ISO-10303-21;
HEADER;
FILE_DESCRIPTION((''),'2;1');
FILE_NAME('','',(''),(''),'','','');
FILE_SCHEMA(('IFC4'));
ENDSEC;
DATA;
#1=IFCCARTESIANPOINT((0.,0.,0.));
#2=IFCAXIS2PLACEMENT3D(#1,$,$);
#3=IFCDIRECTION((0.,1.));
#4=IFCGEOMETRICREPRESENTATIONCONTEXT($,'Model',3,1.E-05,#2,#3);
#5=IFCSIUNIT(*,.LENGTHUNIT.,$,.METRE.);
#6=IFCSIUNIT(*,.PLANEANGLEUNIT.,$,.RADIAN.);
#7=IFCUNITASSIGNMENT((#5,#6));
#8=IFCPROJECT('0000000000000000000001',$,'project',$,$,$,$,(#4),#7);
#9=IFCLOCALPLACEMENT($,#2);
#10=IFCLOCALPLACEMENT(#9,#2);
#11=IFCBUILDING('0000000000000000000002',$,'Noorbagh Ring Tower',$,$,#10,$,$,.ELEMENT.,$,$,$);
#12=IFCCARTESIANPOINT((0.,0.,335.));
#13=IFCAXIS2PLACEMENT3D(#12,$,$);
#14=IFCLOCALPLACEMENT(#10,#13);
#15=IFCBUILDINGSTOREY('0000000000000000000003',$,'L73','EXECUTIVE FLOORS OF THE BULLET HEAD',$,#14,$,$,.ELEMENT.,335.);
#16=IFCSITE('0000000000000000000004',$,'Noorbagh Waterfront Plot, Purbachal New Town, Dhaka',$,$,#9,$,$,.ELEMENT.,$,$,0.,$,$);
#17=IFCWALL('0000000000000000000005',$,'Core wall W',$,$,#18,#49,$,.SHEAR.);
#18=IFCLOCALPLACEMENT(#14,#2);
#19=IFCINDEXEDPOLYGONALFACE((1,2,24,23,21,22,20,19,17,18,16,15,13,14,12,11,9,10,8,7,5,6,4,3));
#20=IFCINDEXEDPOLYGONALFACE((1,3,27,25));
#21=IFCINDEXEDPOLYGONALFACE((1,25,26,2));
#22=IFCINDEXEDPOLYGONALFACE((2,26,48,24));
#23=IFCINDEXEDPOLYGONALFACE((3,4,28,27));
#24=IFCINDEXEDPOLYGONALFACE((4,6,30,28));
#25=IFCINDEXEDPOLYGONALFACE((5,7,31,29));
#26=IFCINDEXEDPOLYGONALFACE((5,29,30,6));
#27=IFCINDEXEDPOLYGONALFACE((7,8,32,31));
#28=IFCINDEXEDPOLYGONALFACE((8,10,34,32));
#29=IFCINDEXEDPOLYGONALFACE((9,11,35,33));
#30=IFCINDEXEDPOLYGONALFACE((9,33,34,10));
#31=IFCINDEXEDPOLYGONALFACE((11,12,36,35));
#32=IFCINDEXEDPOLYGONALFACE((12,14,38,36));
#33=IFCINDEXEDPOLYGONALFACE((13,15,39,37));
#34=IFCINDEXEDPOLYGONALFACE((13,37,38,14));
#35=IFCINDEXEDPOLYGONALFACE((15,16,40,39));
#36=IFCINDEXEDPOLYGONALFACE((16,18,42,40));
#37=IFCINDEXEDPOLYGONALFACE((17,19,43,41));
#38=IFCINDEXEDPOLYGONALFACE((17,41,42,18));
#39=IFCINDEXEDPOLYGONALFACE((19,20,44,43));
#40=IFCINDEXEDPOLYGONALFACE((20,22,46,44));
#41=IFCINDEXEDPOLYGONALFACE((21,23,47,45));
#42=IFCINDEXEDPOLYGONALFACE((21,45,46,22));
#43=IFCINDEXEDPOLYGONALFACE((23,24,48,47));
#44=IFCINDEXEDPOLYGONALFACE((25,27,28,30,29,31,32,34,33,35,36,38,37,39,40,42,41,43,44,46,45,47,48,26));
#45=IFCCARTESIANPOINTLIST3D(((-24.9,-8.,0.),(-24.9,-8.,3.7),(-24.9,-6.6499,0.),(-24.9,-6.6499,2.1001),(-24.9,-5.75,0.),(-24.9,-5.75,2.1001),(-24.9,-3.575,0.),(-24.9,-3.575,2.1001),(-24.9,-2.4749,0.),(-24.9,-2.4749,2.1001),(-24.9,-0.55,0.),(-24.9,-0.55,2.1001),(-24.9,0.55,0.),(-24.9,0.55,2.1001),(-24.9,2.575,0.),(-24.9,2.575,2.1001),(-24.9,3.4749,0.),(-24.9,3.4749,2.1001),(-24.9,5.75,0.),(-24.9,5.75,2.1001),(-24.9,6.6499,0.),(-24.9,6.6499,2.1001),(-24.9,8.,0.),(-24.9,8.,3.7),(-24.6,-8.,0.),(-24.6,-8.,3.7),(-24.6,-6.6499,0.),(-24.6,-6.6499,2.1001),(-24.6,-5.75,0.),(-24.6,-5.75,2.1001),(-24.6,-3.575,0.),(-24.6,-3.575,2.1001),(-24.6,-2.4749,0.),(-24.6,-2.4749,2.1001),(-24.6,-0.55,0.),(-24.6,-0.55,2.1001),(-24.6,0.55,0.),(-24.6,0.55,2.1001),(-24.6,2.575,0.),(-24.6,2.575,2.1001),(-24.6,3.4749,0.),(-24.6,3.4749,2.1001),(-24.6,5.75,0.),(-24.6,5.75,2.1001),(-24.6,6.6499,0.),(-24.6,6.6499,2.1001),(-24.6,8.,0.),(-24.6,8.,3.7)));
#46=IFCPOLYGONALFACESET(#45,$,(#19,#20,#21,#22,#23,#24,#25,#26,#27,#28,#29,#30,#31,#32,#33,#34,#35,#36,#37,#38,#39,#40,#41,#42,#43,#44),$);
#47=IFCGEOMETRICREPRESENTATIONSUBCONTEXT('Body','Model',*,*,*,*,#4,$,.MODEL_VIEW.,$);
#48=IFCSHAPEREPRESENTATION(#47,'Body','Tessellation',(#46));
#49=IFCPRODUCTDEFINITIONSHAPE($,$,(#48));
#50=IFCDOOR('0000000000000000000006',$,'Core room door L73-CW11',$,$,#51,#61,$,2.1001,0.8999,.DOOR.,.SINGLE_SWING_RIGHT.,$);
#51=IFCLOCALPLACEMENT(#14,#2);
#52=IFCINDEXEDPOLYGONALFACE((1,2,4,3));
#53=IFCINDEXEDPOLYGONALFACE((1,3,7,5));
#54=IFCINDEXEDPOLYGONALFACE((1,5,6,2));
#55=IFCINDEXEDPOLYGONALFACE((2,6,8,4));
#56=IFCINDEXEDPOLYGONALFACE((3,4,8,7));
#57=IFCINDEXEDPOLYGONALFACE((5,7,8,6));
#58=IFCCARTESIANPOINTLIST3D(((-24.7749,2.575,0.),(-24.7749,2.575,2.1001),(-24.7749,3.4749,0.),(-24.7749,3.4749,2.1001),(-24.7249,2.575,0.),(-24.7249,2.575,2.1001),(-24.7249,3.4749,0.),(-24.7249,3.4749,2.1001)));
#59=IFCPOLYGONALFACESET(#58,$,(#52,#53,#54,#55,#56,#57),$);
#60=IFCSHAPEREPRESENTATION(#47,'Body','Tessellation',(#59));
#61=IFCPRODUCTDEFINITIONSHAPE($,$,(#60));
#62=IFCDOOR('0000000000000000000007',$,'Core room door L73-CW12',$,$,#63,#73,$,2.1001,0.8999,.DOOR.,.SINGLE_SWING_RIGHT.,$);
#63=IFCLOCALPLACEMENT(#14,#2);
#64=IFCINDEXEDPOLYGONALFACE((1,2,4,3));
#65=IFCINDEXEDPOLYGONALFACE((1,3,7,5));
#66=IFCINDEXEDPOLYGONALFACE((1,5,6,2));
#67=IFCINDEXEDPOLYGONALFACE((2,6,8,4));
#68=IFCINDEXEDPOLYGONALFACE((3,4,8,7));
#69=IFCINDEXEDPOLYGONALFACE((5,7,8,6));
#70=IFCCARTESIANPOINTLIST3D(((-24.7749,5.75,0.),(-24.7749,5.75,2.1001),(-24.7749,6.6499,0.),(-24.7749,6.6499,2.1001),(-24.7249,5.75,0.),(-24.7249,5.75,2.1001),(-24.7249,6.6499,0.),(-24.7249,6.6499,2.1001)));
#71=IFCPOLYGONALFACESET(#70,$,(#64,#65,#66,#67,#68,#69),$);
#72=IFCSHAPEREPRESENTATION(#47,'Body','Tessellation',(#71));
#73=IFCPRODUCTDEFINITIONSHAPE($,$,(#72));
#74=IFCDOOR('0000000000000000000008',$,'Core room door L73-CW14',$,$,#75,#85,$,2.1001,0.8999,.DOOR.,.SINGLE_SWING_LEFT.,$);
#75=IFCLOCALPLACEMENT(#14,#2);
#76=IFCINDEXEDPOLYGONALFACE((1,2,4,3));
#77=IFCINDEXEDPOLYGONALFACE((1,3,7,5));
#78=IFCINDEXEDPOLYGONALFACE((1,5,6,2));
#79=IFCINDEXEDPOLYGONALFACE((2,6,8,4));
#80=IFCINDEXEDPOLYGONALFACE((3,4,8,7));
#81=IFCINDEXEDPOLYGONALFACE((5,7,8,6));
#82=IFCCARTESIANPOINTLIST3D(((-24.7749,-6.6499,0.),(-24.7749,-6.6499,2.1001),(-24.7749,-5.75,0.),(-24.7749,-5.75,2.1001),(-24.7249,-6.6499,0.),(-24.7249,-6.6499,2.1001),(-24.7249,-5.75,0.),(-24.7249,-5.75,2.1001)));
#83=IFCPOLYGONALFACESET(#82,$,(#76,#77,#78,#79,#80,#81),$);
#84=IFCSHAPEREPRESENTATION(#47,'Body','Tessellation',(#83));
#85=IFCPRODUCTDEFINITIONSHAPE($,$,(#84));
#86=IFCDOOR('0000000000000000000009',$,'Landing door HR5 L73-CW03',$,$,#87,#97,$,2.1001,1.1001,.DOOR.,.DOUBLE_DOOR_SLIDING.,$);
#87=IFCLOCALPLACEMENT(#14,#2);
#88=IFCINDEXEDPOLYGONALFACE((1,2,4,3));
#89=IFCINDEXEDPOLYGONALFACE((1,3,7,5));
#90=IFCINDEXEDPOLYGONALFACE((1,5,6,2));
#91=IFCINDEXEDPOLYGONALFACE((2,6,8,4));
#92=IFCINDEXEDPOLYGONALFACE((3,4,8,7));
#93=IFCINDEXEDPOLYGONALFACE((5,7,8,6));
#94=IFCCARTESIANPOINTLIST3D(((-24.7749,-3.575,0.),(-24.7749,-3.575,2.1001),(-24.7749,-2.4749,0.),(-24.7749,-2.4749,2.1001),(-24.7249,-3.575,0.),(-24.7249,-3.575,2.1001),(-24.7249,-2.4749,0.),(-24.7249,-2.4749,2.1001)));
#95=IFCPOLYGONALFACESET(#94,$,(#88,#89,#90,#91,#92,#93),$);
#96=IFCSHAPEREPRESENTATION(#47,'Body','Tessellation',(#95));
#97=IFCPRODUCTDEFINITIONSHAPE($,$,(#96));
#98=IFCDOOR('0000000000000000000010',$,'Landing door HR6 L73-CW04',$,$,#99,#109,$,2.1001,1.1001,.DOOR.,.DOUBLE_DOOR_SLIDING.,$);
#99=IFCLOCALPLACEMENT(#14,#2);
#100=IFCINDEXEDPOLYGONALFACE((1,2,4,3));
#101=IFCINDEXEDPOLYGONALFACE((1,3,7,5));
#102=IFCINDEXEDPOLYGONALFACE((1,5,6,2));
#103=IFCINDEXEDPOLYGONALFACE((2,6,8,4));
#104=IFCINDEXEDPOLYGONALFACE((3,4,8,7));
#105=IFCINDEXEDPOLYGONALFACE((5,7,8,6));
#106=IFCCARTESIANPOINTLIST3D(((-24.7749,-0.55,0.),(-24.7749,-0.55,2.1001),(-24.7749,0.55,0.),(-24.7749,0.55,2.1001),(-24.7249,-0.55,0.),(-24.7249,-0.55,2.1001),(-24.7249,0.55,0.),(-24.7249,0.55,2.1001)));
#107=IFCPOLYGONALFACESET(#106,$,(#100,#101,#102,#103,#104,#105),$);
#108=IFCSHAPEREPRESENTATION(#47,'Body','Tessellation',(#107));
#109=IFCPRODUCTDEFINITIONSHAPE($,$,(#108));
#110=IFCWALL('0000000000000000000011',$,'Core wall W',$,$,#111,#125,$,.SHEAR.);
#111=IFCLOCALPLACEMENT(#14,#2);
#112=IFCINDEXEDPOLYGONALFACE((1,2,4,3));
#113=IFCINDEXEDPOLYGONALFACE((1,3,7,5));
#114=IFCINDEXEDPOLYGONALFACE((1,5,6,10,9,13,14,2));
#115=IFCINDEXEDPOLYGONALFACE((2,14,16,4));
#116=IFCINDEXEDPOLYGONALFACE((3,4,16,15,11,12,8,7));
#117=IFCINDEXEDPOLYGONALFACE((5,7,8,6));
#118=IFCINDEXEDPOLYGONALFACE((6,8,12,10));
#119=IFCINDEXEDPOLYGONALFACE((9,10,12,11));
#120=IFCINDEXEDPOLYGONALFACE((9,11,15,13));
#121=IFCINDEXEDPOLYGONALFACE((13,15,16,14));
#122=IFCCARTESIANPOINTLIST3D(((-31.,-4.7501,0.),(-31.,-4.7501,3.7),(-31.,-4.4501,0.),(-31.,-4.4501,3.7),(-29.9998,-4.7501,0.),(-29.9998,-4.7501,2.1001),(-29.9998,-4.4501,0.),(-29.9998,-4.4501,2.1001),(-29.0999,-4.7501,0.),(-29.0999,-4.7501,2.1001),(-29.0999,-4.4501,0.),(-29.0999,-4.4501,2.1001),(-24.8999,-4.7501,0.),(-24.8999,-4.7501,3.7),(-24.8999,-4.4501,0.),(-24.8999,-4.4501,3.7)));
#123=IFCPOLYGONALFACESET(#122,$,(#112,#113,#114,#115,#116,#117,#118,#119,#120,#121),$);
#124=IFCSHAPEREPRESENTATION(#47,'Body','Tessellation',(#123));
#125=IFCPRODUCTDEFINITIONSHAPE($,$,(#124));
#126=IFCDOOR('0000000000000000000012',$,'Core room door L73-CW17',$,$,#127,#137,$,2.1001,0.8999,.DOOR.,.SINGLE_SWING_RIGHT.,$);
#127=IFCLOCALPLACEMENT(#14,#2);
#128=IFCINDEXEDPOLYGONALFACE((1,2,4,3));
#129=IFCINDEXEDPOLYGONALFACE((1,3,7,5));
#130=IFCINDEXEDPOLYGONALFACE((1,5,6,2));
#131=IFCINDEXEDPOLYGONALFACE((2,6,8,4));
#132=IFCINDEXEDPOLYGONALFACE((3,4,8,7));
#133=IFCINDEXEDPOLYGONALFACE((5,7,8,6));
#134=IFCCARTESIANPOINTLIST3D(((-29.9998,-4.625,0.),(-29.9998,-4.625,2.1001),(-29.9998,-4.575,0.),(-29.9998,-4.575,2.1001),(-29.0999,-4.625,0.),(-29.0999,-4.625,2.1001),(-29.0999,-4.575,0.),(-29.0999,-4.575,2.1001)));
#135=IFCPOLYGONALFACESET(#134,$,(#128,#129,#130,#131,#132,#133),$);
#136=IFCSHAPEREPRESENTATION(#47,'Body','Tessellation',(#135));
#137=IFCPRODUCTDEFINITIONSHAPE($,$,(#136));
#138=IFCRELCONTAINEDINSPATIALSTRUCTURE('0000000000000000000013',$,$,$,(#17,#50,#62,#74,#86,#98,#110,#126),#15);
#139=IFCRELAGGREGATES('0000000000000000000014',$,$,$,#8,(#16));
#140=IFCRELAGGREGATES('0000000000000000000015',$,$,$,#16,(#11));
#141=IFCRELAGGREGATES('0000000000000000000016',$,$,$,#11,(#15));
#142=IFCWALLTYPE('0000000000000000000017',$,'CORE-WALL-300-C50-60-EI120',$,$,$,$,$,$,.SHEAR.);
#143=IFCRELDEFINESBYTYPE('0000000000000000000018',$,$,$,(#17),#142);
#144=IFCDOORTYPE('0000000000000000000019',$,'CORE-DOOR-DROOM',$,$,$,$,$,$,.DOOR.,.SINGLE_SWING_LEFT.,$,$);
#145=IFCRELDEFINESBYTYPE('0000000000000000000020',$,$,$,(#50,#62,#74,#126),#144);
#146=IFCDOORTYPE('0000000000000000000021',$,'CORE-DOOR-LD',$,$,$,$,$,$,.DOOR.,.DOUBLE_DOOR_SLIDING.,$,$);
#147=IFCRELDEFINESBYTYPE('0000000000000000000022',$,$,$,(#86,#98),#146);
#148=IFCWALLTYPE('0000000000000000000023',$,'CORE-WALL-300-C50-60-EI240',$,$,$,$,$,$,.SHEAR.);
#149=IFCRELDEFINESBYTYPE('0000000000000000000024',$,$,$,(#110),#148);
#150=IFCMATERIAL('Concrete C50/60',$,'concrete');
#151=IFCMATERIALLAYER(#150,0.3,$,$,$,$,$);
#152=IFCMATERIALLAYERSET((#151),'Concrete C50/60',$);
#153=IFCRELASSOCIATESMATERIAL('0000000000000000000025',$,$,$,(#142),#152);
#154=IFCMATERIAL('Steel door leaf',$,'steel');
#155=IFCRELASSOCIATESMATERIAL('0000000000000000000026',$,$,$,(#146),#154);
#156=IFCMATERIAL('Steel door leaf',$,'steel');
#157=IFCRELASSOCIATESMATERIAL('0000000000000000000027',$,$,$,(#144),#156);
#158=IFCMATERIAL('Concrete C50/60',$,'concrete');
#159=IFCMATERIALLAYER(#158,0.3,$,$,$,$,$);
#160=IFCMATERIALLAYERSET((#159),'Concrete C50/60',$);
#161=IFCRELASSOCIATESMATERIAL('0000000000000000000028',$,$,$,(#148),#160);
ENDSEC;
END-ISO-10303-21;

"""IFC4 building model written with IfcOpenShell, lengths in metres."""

from ifc_helpers import new_model, si_unit, direction, frame, frame_2d, origin, place, context, subcontext, project, spatial, rectangle, extrude, material, layer, layer_set, type_object, element, fill, save


model = new_model("IFC4")

# Units and contexts
model_context = context("Model", 3, precision=1e-05, world=origin(), true_north=direction((0.0, 1.0)))
body_context = subcontext(model_context, "Body", "Model", "MODEL_VIEW")
ifc_project = project(units=[si_unit("LENGTHUNIT", "METRE"), si_unit("PLANEANGLEUNIT", "RADIAN")], contexts=[model_context])

# Site, building, storey
site_placement = place(None, origin())
site = spatial("IfcSite", under=ifc_project, at=site_placement, Name="Noorbagh Waterfront Plot, Purbachal New Town, Dhaka", CompositionType="ELEMENT", RefElevation=0.0)
building_placement = place(site_placement, origin())
building = spatial("IfcBuilding", under=site, at=building_placement, Name="Noorbagh Ring Tower", CompositionType="ELEMENT")
storey_placement = place(building_placement, frame((0.0, 0.0, 335.0)))
storey = spatial("IfcBuildingStorey", under=building, at=storey_placement, Name="L73", Description="EXECUTIVE FLOORS OF THE BULLET HEAD", CompositionType="ELEMENT", Elevation=335.0)

# Shared definitions
ifc_material_1 = material(Name="Concrete C50/60", Category="concrete")
ifc_layer_1 = layer(ifc_material_1, 0.3)
ifc_layer_set_1 = layer_set([ifc_layer_1], Name="Concrete C50/60")
wall_type_1 = type_object("IfcWallType", Name="CORE-WALL-300-C50-60-EI120", PredefinedType="SHEAR", material=ifc_layer_set_1)

# Wall, openings, doors
ifc_material_2 = material(Name="Steel door leaf", Category="steel")
door_type_1 = type_object("IfcDoorType", Name="CORE-DOOR-LD", OperationType="DOUBLE_DOOR_SLIDING", PredefinedType="DOOR", material=ifc_material_2)
wall_1_placement = place(storey_placement, frame((-24.75, -8.0, 0.0), z_axis=(0.0, 0.0, 1.0), x_axis=(0.0, 1.0, 0.0)))
wall_1 = element("IfcWall", 1, at=wall_1_placement, inside=storey, type_object=wall_type_1, Name="Core wall W", PredefinedType="SHEAR", context=body_context, shape_type="SweptSolid", body=[
    extrude(rectangle(XDim=16.0, YDim=0.3, at=frame_2d((8.0, 0.0))), origin(), (0.0, 0.0, 1.0), 3.7),
])
opening_1_placement = place(wall_1_placement, frame((4.425, 0.0, 0.0)))
opening_1 = element("IfcOpeningElement", 2, at=opening_1_placement, cuts=wall_1, PredefinedType="OPENING", context=body_context, shape_type="SweptSolid", body=[
    extrude(rectangle(XDim=1.1001, YDim=2.1001, at=frame_2d((0.55, 1.05))), frame((0.0, 0.1602, 0.0), z_axis=(0.0, -1.0, 0.0), x_axis=(1.0, 0.0, 0.0)), (0.0, 0.0, 1.0), 0.3201),
])
opening_2_placement = place(wall_1_placement, frame((7.45, 0.0, 0.0)))
opening_2 = element("IfcOpeningElement", 3, at=opening_2_placement, cuts=wall_1, PredefinedType="OPENING", context=body_context, shape_type="SweptSolid", body=[
    extrude(rectangle(XDim=1.1001, YDim=2.1001, at=frame_2d((0.55, 1.05))), frame((0.0, 0.1602, 0.0), z_axis=(0.0, -1.0, 0.0), x_axis=(1.0, 0.0, 0.0)), (0.0, 0.0, 1.0), 0.3201),
])
opening_3_placement = place(wall_1_placement, frame((10.575, 0.0, 0.0)))
opening_3 = element("IfcOpeningElement", 4, at=opening_3_placement, cuts=wall_1, PredefinedType="OPENING", context=body_context, shape_type="SweptSolid", body=[
    extrude(rectangle(XDim=0.8999, YDim=2.1001, at=frame_2d((0.45, 1.05))), frame((0.0, 0.1602, 0.0), z_axis=(0.0, -1.0, 0.0), x_axis=(1.0, 0.0, 0.0)), (0.0, 0.0, 1.0), 0.3201),
])
opening_4_placement = place(wall_1_placement, frame((13.75, 0.0, 0.0)))
opening_4 = element("IfcOpeningElement", 5, at=opening_4_placement, cuts=wall_1, PredefinedType="OPENING", context=body_context, shape_type="SweptSolid", body=[
    extrude(rectangle(XDim=0.8999, YDim=2.1001, at=frame_2d((0.45, 1.05))), frame((0.0, 0.1602, 0.0), z_axis=(0.0, -1.0, 0.0), x_axis=(1.0, 0.0, 0.0)), (0.0, 0.0, 1.0), 0.3201),
])
opening_5_placement = place(wall_1_placement, frame((1.3501, 0.0, 0.0)))
opening_5 = element("IfcOpeningElement", 6, at=opening_5_placement, cuts=wall_1, PredefinedType="OPENING", context=body_context, shape_type="SweptSolid", body=[
    extrude(rectangle(XDim=0.8999, YDim=2.1001, at=frame_2d((0.45, 1.05))), frame((0.0, 0.1602, 0.0), z_axis=(0.0, -1.0, 0.0), x_axis=(1.0, 0.0, 0.0)), (0.0, 0.0, 1.0), 0.3201),
])
ifc_material_3 = material(Name="Steel door leaf", Category="steel")
door_type_2 = type_object("IfcDoorType", Name="CORE-DOOR-DROOM", OperationType="SINGLE_SWING_LEFT", PredefinedType="DOOR", material=ifc_material_3)
door_1_placement = place(opening_3_placement, origin())
door_1 = element("IfcDoor", 7, at=door_1_placement, inside=storey, type_object=door_type_2, Name="Core room door L73-CW11", OperationType="SINGLE_SWING_RIGHT", OverallHeight=2.1001, OverallWidth=0.8999, PredefinedType="DOOR", context=body_context, shape_type="SweptSolid", body=[
    extrude(rectangle(XDim=0.8999, YDim=2.1001, at=frame_2d((0.45, 1.05))), frame((0.0, 0.0249, 0.0), z_axis=(0.0, -1.0, 0.0), x_axis=(1.0, 0.0, 0.0)), (0.0, 0.0, 1.0), 0.05),
])
fill(opening_3, door_1)
door_2_placement = place(opening_4_placement, origin())
door_2 = element("IfcDoor", 8, at=door_2_placement, inside=storey, type_object=door_type_2, Name="Core room door L73-CW12", OperationType="SINGLE_SWING_RIGHT", OverallHeight=2.1001, OverallWidth=0.8999, PredefinedType="DOOR", context=body_context, shape_type="SweptSolid", body=[
    extrude(rectangle(XDim=0.8999, YDim=2.1001, at=frame_2d((0.45, 1.05))), frame((0.0, 0.0249, 0.0), z_axis=(0.0, -1.0, 0.0), x_axis=(1.0, 0.0, 0.0)), (0.0, 0.0, 1.0), 0.05),
])
fill(opening_4, door_2)
door_3_placement = place(opening_5_placement, origin())
door_3 = element("IfcDoor", 9, at=door_3_placement, inside=storey, type_object=door_type_2, Name="Core room door L73-CW14", OperationType="SINGLE_SWING_LEFT", OverallHeight=2.1001, OverallWidth=0.8999, PredefinedType="DOOR", context=body_context, shape_type="SweptSolid", body=[
    extrude(rectangle(XDim=0.8999, YDim=2.1001, at=frame_2d((0.45, 1.05))), frame((0.0, 0.0249, 0.0), z_axis=(0.0, -1.0, 0.0), x_axis=(1.0, 0.0, 0.0)), (0.0, 0.0, 1.0), 0.05),
])
fill(opening_5, door_3)
door_4_placement = place(opening_1_placement, origin())
door_4 = element("IfcDoor", 10, at=door_4_placement, inside=storey, type_object=door_type_1, Name="Landing door HR5 L73-CW03", OperationType="DOUBLE_DOOR_SLIDING", OverallHeight=2.1001, OverallWidth=1.1001, PredefinedType="DOOR", context=body_context, shape_type="SweptSolid", body=[
    extrude(rectangle(XDim=1.1001, YDim=2.1001, at=frame_2d((0.55, 1.05))), frame((0.0, 0.0249, 0.0), z_axis=(0.0, -1.0, 0.0), x_axis=(1.0, 0.0, 0.0)), (0.0, 0.0, 1.0), 0.05),
])
fill(opening_1, door_4)
door_5_placement = place(opening_2_placement, origin())
door_5 = element("IfcDoor", 11, at=door_5_placement, inside=storey, type_object=door_type_1, Name="Landing door HR6 L73-CW04", OperationType="DOUBLE_DOOR_SLIDING", OverallHeight=2.1001, OverallWidth=1.1001, PredefinedType="DOOR", context=body_context, shape_type="SweptSolid", body=[
    extrude(rectangle(XDim=1.1001, YDim=2.1001, at=frame_2d((0.55, 1.05))), frame((0.0, 0.0249, 0.0), z_axis=(0.0, -1.0, 0.0), x_axis=(1.0, 0.0, 0.0)), (0.0, 0.0, 1.0), 0.05),
])
fill(opening_2, door_5)

# Wall, opening, door
ifc_material_4 = material(Name="Concrete C50/60", Category="concrete")
ifc_layer_2 = layer(ifc_material_4, 0.3)
ifc_layer_set_2 = layer_set([ifc_layer_2], Name="Concrete C50/60")
wall_type_2 = type_object("IfcWallType", Name="CORE-WALL-300-C50-60-EI240", PredefinedType="SHEAR", material=ifc_layer_set_2)
wall_2_placement = place(storey_placement, frame((-24.8999, -4.6001, 0.0), z_axis=(0.0, 0.0, 1.0), x_axis=(-1.0, 0.0, 0.0)))
wall_2 = element("IfcWall", 12, at=wall_2_placement, inside=storey, type_object=wall_type_2, Name="Core wall W", PredefinedType="SHEAR", context=body_context, shape_type="SweptSolid", body=[
    extrude(rectangle(XDim=6.1001, YDim=0.3, at=frame_2d((3.05, 0.0))), origin(), (0.0, 0.0, 1.0), 3.7),
])
opening_6_placement = place(wall_2_placement, frame((4.2, 0.0, 0.0)))
opening_6 = element("IfcOpeningElement", 13, at=opening_6_placement, cuts=wall_2, PredefinedType="OPENING", context=body_context, shape_type="SweptSolid", body=[
    extrude(rectangle(XDim=0.8999, YDim=2.1001, at=frame_2d((0.45, 1.05))), frame((0.0, 0.1602, 0.0), z_axis=(0.0, -1.0, 0.0), x_axis=(1.0, 0.0, 0.0)), (0.0, 0.0, 1.0), 0.3201),
])
door_6_placement = place(opening_6_placement, origin())
door_6 = element("IfcDoor", 14, at=door_6_placement, inside=storey, type_object=door_type_2, Name="Core room door L73-CW17", OperationType="SINGLE_SWING_RIGHT", OverallHeight=2.1001, OverallWidth=0.8999, PredefinedType="DOOR", context=body_context, shape_type="SweptSolid", body=[
    extrude(rectangle(XDim=0.8999, YDim=2.1001, at=frame_2d((0.45, 1.05))), frame((0.0, 0.0249, 0.0), z_axis=(0.0, -1.0, 0.0), x_axis=(1.0, 0.0, 0.0)), (0.0, 0.0, 1.0), 0.05),
])
fill(opening_6, door_6)

save(model, "model.ifc")
